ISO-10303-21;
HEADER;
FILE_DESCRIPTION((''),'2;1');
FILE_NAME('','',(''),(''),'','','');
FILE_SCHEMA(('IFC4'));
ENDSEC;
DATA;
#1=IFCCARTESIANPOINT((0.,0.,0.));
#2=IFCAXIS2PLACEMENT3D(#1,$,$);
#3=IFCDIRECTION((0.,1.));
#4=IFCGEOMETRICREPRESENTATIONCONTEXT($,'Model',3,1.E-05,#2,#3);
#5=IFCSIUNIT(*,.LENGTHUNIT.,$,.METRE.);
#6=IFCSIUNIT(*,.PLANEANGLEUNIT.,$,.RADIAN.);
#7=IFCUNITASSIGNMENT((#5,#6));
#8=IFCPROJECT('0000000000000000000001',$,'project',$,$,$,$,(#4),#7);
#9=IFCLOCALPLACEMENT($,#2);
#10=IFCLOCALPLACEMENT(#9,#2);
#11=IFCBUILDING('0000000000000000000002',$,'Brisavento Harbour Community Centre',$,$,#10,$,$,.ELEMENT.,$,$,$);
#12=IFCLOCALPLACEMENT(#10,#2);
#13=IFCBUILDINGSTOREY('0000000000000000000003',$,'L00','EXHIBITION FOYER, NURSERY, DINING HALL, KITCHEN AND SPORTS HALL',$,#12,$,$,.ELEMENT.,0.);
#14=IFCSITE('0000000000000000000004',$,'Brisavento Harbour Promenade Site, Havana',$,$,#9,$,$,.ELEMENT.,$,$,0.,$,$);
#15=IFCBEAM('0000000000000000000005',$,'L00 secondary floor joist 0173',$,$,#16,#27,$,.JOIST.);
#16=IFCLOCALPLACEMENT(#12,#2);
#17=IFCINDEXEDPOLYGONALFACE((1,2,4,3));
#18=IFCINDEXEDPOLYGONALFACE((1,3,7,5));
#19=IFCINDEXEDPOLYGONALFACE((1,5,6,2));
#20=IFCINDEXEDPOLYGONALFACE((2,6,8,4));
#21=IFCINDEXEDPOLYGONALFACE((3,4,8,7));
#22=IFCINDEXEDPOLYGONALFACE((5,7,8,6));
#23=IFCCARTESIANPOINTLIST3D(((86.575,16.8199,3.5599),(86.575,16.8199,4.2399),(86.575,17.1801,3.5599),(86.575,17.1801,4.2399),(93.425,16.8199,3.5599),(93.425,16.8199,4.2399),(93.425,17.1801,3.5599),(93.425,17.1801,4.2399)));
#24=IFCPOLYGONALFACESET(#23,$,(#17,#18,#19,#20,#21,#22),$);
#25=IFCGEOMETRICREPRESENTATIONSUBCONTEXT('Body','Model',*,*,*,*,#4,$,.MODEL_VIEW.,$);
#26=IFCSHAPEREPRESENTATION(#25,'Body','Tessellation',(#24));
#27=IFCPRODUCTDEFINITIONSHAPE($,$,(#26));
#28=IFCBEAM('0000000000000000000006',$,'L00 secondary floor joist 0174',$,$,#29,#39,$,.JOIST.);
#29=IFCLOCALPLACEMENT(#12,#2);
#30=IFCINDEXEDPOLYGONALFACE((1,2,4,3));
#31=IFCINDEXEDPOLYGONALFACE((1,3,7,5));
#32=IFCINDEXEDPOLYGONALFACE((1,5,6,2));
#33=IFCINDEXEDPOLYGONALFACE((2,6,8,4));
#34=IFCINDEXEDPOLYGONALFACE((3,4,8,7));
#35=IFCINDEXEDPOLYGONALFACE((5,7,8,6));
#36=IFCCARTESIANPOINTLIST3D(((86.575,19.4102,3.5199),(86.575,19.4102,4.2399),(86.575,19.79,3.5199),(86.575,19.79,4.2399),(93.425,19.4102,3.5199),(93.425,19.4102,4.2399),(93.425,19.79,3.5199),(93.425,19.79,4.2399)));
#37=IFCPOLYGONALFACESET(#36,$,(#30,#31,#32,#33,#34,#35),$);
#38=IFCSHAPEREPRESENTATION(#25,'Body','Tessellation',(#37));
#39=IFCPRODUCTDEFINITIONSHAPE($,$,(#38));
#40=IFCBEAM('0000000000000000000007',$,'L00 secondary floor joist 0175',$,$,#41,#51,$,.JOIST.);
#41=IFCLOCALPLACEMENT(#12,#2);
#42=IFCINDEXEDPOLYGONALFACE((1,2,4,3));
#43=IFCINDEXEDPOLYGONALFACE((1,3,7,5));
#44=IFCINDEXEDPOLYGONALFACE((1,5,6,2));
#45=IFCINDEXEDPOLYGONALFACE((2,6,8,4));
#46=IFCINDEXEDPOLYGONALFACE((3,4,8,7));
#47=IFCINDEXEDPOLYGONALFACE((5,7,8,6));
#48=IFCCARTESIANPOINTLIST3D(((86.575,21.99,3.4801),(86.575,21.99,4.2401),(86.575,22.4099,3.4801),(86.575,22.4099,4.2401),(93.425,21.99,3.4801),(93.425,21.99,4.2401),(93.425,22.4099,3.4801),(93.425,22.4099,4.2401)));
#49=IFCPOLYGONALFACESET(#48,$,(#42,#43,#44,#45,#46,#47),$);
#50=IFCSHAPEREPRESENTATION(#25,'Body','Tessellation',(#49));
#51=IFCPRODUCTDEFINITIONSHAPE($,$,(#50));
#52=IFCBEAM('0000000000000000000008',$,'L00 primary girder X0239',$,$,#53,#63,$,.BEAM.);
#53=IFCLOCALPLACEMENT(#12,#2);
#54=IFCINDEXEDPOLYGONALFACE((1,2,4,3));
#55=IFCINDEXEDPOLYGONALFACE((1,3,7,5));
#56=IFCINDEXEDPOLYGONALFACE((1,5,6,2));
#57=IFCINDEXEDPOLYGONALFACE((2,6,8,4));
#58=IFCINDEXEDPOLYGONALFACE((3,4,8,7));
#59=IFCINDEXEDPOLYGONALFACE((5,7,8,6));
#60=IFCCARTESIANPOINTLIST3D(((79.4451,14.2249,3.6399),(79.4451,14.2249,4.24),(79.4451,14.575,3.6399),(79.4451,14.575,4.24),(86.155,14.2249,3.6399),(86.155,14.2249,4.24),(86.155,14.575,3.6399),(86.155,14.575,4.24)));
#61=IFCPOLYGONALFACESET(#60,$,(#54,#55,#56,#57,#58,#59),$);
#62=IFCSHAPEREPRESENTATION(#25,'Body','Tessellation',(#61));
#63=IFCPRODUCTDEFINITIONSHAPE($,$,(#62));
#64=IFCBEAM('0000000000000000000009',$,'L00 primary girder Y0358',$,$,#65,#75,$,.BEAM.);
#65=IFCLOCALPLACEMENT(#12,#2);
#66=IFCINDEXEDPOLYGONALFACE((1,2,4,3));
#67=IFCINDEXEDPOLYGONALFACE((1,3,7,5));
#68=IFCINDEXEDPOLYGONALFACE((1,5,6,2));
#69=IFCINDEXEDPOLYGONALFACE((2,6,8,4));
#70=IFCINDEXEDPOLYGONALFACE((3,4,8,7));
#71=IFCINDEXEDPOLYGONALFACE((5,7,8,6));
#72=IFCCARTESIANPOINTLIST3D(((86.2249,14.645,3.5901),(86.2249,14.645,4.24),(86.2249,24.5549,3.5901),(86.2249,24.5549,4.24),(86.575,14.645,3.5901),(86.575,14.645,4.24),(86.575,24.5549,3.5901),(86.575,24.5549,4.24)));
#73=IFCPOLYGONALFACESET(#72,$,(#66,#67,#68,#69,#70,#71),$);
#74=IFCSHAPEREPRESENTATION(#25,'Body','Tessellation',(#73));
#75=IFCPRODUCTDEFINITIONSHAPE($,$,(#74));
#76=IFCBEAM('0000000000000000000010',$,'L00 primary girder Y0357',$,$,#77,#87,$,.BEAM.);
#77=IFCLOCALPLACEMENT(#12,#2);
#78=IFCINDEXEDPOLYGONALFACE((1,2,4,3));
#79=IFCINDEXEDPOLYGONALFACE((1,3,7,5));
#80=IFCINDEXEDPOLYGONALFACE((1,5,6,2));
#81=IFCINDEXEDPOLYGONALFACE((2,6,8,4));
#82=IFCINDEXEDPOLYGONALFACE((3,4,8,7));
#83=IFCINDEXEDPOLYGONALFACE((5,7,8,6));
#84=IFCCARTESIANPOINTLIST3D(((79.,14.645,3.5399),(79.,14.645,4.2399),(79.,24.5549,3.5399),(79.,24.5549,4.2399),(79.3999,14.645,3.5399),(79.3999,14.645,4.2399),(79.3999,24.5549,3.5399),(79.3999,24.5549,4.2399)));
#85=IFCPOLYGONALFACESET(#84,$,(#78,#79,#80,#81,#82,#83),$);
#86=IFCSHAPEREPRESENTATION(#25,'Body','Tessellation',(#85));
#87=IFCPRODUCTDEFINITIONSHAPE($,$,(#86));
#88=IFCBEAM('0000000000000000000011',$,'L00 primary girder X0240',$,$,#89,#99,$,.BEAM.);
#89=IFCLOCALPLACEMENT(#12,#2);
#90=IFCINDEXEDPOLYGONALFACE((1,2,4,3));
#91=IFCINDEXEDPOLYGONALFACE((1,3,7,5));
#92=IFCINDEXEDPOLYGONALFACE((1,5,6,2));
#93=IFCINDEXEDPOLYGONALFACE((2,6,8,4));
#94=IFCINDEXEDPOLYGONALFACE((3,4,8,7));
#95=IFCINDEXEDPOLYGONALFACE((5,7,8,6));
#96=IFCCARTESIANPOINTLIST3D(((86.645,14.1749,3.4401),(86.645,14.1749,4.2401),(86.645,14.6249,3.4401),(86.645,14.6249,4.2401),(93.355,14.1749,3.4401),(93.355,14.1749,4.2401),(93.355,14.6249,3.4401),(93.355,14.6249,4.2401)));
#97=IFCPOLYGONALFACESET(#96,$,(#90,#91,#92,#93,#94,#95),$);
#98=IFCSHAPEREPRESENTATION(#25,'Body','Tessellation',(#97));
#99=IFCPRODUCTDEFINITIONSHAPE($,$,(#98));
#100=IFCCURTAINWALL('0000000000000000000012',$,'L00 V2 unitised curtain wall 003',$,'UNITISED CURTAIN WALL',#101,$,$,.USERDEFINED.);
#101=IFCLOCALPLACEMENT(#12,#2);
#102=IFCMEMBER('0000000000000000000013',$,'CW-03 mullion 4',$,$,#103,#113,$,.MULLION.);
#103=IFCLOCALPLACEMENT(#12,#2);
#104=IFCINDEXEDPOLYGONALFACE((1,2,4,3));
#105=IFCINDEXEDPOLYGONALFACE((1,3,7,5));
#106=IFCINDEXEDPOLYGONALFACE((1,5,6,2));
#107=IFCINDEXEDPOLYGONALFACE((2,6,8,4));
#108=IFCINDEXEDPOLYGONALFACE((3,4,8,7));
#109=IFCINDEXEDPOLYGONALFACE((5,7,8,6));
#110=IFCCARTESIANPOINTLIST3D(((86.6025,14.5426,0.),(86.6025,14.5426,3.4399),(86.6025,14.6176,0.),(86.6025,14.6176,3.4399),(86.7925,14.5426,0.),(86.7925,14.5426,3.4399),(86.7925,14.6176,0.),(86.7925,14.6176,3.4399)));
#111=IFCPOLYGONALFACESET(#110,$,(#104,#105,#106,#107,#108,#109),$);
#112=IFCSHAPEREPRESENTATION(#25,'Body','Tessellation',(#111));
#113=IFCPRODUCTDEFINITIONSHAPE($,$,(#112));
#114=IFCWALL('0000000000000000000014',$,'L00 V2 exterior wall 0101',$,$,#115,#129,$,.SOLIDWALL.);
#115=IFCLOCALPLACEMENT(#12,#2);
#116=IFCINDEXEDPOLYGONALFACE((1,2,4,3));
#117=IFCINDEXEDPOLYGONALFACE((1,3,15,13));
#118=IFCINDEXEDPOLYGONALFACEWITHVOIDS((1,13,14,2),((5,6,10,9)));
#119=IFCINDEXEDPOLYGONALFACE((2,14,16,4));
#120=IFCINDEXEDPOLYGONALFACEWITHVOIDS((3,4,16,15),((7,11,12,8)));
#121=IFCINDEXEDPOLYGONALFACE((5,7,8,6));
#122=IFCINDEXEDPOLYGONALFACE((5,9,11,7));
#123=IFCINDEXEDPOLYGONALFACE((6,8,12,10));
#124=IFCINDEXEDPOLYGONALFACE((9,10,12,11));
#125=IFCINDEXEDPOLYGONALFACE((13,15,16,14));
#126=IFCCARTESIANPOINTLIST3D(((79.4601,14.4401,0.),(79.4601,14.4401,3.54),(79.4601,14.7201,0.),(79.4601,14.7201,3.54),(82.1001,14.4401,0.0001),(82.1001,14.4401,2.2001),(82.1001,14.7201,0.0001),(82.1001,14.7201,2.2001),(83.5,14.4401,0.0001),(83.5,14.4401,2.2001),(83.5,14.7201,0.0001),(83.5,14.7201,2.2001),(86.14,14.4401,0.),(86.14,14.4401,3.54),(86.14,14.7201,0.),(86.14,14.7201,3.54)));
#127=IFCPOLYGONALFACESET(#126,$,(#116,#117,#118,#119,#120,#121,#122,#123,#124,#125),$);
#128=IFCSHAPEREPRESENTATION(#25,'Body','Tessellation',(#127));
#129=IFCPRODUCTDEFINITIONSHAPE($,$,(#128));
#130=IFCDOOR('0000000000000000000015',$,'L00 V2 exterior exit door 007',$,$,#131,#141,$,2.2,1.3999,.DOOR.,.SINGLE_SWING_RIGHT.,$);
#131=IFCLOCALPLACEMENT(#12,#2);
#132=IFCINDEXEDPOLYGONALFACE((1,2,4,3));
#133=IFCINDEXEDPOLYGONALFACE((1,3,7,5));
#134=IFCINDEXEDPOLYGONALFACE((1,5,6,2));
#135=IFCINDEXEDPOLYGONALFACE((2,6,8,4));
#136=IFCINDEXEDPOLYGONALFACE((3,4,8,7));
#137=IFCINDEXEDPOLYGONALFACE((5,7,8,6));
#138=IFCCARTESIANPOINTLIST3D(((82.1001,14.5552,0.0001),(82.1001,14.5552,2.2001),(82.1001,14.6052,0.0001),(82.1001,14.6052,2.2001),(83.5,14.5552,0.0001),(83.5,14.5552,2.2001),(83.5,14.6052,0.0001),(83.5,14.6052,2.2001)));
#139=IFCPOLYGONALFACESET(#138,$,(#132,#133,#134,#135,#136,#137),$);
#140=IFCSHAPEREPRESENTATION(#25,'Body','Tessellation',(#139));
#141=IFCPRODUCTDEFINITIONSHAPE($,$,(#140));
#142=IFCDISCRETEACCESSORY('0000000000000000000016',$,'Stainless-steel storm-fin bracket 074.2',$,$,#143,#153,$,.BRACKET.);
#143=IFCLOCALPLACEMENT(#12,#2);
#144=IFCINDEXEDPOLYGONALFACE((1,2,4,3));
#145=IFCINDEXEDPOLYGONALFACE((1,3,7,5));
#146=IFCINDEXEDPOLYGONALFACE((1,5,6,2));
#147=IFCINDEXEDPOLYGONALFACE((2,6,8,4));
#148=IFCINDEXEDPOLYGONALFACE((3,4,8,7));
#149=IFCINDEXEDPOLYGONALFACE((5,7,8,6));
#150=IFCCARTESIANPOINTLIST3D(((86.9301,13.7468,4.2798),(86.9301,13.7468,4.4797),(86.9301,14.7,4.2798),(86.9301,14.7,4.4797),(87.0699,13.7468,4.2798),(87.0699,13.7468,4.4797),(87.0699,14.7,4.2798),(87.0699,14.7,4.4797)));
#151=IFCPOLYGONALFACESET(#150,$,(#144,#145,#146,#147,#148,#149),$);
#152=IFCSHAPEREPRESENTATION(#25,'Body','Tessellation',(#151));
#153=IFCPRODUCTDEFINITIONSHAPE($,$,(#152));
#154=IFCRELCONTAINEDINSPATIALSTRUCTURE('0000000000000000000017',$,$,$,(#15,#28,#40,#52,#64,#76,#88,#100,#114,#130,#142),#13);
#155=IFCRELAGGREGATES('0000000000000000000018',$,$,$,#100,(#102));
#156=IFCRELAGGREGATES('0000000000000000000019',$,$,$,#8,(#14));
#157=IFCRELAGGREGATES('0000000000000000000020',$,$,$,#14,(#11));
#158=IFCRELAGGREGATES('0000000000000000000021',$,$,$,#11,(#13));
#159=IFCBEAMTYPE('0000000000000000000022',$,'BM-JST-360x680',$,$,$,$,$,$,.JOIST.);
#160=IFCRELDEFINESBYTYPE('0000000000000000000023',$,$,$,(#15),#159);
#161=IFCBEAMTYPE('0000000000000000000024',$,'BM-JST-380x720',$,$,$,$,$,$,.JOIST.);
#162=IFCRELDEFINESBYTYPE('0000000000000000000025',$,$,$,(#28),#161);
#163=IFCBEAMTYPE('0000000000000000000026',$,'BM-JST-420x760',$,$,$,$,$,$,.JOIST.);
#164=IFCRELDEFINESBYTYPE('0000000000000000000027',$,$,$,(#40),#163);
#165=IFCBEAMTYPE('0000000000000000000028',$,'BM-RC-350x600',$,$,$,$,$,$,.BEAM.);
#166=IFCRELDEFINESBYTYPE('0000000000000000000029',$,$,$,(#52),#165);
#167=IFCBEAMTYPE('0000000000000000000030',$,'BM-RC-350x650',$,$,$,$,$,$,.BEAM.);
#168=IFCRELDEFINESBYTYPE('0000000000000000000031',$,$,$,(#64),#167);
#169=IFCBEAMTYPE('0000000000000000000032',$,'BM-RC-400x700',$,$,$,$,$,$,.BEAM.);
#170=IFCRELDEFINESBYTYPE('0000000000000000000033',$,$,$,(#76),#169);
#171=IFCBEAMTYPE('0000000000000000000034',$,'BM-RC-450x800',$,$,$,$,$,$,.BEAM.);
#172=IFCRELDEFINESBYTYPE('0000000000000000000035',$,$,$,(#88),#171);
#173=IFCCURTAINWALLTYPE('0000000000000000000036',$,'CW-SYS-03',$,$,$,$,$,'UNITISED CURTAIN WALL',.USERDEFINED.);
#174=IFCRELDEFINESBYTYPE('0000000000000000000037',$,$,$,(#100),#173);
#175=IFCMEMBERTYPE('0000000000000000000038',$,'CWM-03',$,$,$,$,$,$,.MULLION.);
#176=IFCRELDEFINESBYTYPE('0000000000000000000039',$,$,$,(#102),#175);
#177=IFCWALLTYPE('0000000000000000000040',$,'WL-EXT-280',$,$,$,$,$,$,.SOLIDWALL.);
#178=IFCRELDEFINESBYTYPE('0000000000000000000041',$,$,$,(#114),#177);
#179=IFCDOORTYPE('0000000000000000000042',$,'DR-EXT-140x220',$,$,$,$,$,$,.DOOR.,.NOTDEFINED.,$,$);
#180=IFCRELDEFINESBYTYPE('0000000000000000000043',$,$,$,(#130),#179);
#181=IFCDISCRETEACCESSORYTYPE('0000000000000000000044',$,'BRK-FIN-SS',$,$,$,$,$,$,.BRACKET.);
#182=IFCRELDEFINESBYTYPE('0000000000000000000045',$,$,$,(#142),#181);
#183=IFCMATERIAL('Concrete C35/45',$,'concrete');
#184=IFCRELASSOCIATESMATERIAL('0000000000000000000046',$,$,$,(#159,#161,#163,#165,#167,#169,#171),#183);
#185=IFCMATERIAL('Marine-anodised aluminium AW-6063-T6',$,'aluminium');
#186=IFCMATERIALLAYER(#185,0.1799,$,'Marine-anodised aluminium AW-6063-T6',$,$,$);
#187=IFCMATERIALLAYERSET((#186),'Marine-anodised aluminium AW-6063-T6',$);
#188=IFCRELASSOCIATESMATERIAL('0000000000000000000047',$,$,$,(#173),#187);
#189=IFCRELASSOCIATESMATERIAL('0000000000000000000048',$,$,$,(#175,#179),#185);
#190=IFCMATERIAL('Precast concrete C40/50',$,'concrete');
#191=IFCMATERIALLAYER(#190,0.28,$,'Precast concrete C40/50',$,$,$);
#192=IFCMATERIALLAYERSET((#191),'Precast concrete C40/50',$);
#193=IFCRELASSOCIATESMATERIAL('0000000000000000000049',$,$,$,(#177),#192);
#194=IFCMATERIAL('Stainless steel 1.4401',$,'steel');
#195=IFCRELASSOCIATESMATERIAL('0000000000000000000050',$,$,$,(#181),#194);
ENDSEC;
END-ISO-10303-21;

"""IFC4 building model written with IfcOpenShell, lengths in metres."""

from ifc_helpers import new_model, si_unit, direction, frame, frame_2d, origin, origin_2d, place, context, subcontext, project, spatial, rectangle, extrude, material, layer, layer_set, material_profile, profile_set, type_object, element, fill, aggregate, save


model = new_model("IFC4")

# Units and contexts
model_context = context("Model", 3, precision=1e-05, world=origin(), true_north=direction((0.0, 1.0)))
body_context = subcontext(model_context, "Body", "Model", "MODEL_VIEW")
ifc_project = project(units=[si_unit("LENGTHUNIT", "METRE"), si_unit("PLANEANGLEUNIT", "RADIAN")], contexts=[model_context])

# Site, building, storey
site_placement = place(None, origin())
site = spatial("IfcSite", under=ifc_project, at=site_placement, Name="Brisavento Harbour Promenade Site, Havana", CompositionType="ELEMENT", RefElevation=0.0)
building_placement = place(site_placement, origin())
building = spatial("IfcBuilding", under=site, at=building_placement, Name="Brisavento Harbour Community Centre", CompositionType="ELEMENT")
storey_placement = place(building_placement, origin())
storey = spatial("IfcBuildingStorey", under=building, at=storey_placement, Name="L00", Description="EXHIBITION FOYER, NURSERY, DINING HALL, KITCHEN AND SPORTS HALL", CompositionType="ELEMENT", Elevation=0.0)

# Shared definitions
ifc_material_1 = material(Name="Concrete C35/45", Category="concrete")

# Beams
ifc_material_profile_1 = material_profile(ifc_material_1, rectangle(XDim=0.3601, YDim=0.6799, at=origin_2d()), Name="Concrete C35/45")
ifc_profile_set_1 = profile_set([ifc_material_profile_1], Name="Concrete C35/45")
beam_type_1 = type_object("IfcBeamType", Name="BM-JST-360x680", PredefinedType="JOIST", material=ifc_profile_set_1)
beam_1_placement = place(storey_placement, frame((86.575, 17.0, 3.8999), z_axis=(1.0, 0.0, 0.0), x_axis=(0.0, 1.0, 0.0)))
element("IfcBeam", 1, at=beam_1_placement, inside=storey, type_object=beam_type_1, Name="L00 secondary floor joist 0173", PredefinedType="JOIST", context=body_context, shape_type="SweptSolid", body=[
    extrude(rectangle(XDim=0.3601, YDim=0.6799, at=origin_2d()), origin(), (0.0, 0.0, 1.0), 6.8501),
])
ifc_material_profile_2 = material_profile(ifc_material_1, rectangle(XDim=0.3799, YDim=0.72, at=origin_2d()), Name="Concrete C35/45")
ifc_profile_set_2 = profile_set([ifc_material_profile_2], Name="Concrete C35/45")
beam_type_2 = type_object("IfcBeamType", Name="BM-JST-380x720", PredefinedType="JOIST", material=ifc_profile_set_2)
beam_2_placement = place(storey_placement, frame((86.575, 19.6001, 3.8799), z_axis=(1.0, 0.0, 0.0), x_axis=(0.0, 1.0, 0.0)))
element("IfcBeam", 2, at=beam_2_placement, inside=storey, type_object=beam_type_2, Name="L00 secondary floor joist 0174", PredefinedType="JOIST", context=body_context, shape_type="SweptSolid", body=[
    extrude(rectangle(XDim=0.3799, YDim=0.72, at=origin_2d()), origin(), (0.0, 0.0, 1.0), 6.8501),
])
ifc_material_profile_3 = material_profile(ifc_material_1, rectangle(XDim=0.4199, YDim=0.76, at=origin_2d()), Name="Concrete C35/45")
ifc_profile_set_3 = profile_set([ifc_material_profile_3], Name="Concrete C35/45")
beam_type_3 = type_object("IfcBeamType", Name="BM-JST-420x760", PredefinedType="JOIST", material=ifc_profile_set_3)
beam_3_placement = place(storey_placement, frame((86.575, 22.2, 3.8601), z_axis=(1.0, 0.0, 0.0), x_axis=(0.0, 1.0, 0.0)))
element("IfcBeam", 3, at=beam_3_placement, inside=storey, type_object=beam_type_3, Name="L00 secondary floor joist 0175", PredefinedType="JOIST", context=body_context, shape_type="SweptSolid", body=[
    extrude(rectangle(XDim=0.4199, YDim=0.76, at=origin_2d()), origin(), (0.0, 0.0, 1.0), 6.8501),
])
ifc_material_profile_4 = material_profile(ifc_material_1, rectangle(XDim=0.3501, YDim=0.6001, at=origin_2d()), Name="Concrete C35/45")
ifc_profile_set_4 = profile_set([ifc_material_profile_4], Name="Concrete C35/45")
beam_type_4 = type_object("IfcBeamType", Name="BM-RC-350x600", PredefinedType="BEAM", material=ifc_profile_set_4)
beam_4_placement = place(storey_placement, frame((79.4451, 14.3999, 3.9399), z_axis=(1.0, 0.0, 0.0), x_axis=(0.0, 1.0, 0.0)))
element("IfcBeam", 4, at=beam_4_placement, inside=storey, type_object=beam_type_4, Name="L00 primary girder X0239", PredefinedType="BEAM", context=body_context, shape_type="SweptSolid", body=[
    extrude(rectangle(XDim=0.3501, YDim=0.6001, at=origin_2d()), origin(), (0.0, 0.0, 1.0), 6.71),
])
ifc_material_profile_5 = material_profile(ifc_material_1, rectangle(XDim=0.3501, YDim=0.6499, at=origin_2d()), Name="Concrete C35/45")
ifc_profile_set_5 = profile_set([ifc_material_profile_5], Name="Concrete C35/45")
beam_type_5 = type_object("IfcBeamType", Name="BM-RC-350x650", PredefinedType="BEAM", material=ifc_profile_set_5)
beam_5_placement = place(storey_placement, frame((86.3999, 14.645, 3.915), z_axis=(0.0, 1.0, 0.0), x_axis=(-1.0, 0.0, 0.0)))
element("IfcBeam", 5, at=beam_5_placement, inside=storey, type_object=beam_type_5, Name="L00 primary girder Y0358", PredefinedType="BEAM", context=body_context, shape_type="SweptSolid", body=[
    extrude(rectangle(XDim=0.3501, YDim=0.6499, at=origin_2d()), origin(), (0.0, 0.0, 1.0), 9.9099),
])
ifc_material_profile_6 = material_profile(ifc_material_1, rectangle(XDim=0.3999, YDim=0.7, at=origin_2d()), Name="Concrete C35/45")
ifc_profile_set_6 = profile_set([ifc_material_profile_6], Name="Concrete C35/45")
beam_type_6 = type_object("IfcBeamType", Name="BM-RC-400x700", PredefinedType="BEAM", material=ifc_profile_set_6)
beam_6_placement = place(storey_placement, frame((79.2, 14.645, 3.8899), z_axis=(0.0, 1.0, 0.0), x_axis=(-1.0, 0.0, 0.0)))
element("IfcBeam", 6, at=beam_6_placement, inside=storey, type_object=beam_type_6, Name="L00 primary girder Y0357", PredefinedType="BEAM", context=body_context, shape_type="SweptSolid", body=[
    extrude(rectangle(XDim=0.3999, YDim=0.7, at=origin_2d()), origin(), (0.0, 0.0, 1.0), 9.9099),
])
ifc_material_profile_7 = material_profile(ifc_material_1, rectangle(XDim=0.45, YDim=0.8, at=origin_2d()), Name="Concrete C35/45")
ifc_profile_set_7 = profile_set([ifc_material_profile_7], Name="Concrete C35/45")
beam_type_7 = type_object("IfcBeamType", Name="BM-RC-450x800", PredefinedType="BEAM", material=ifc_profile_set_7)
beam_7_placement = place(storey_placement, frame((86.645, 14.3999, 3.8401), z_axis=(1.0, 0.0, 0.0), x_axis=(0.0, 1.0, 0.0)))
element("IfcBeam", 7, at=beam_7_placement, inside=storey, type_object=beam_type_7, Name="L00 primary girder X0240", PredefinedType="BEAM", context=body_context, shape_type="SweptSolid", body=[
    extrude(rectangle(XDim=0.45, YDim=0.8, at=origin_2d()), origin(), (0.0, 0.0, 1.0), 6.71),
])

# Curtain wall, member
ifc_material_2 = material(Name="Marine-anodised aluminium AW-6063-T6", Category="aluminium")
ifc_layer_1 = layer(ifc_material_2, 0.1799, Name="Marine-anodised aluminium AW-6063-T6")
ifc_layer_set_1 = layer_set([ifc_layer_1], Name="Marine-anodised aluminium AW-6063-T6")
curtain_wall_type = type_object("IfcCurtainWallType", Name="CW-SYS-03", ElementType="UNITISED CURTAIN WALL", PredefinedType="USERDEFINED", material=ifc_layer_set_1)
curtain_wall_placement = place(storey_placement, origin())
curtain_wall = element("IfcCurtainWall", 8, at=curtain_wall_placement, inside=storey, type_object=curtain_wall_type, Name="L00 V2 unitised curtain wall 003", ObjectType="UNITISED CURTAIN WALL", PredefinedType="USERDEFINED")
ifc_material_profile_8 = material_profile(ifc_material_2, rectangle(XDim=0.075, YDim=0.1899, at=origin_2d()), Name="Marine-anodised aluminium AW-6063-T6")
ifc_profile_set_8 = profile_set([ifc_material_profile_8], Name="Marine-anodised aluminium AW-6063-T6")
member_type = type_object("IfcMemberType", Name="CWM-03", PredefinedType="MULLION", material=ifc_profile_set_8)
member_placement = place(storey_placement, frame((86.6975, 14.5801, 0.0), z_axis=(0.0, 0.0, 1.0), x_axis=(0.0, -1.0, 0.0)))
member = element("IfcMember", 9, at=member_placement, type_object=member_type, Name="CW-03 mullion 4", PredefinedType="MULLION", context=body_context, shape_type="SweptSolid", body=[
    extrude(rectangle(XDim=0.075, YDim=0.1899, at=origin_2d()), origin(), (0.0, 0.0, 1.0), 3.4399),
])
aggregate(curtain_wall, [member])

# Wall, opening, door
ifc_material_3 = material(Name="Precast concrete C40/50", Category="concrete")
ifc_layer_2 = layer(ifc_material_3, 0.28, Name="Precast concrete C40/50")
ifc_layer_set_2 = layer_set([ifc_layer_2], Name="Precast concrete C40/50")
wall_type = type_object("IfcWallType", Name="WL-EXT-280", PredefinedType="SOLIDWALL", material=ifc_layer_set_2)
wall_placement = place(storey_placement, frame((86.1399, 14.5801, 0.0), z_axis=(0.0, 0.0, 1.0), x_axis=(-1.0, 0.0, 0.0)))
wall = element("IfcWall", 10, at=wall_placement, inside=storey, type_object=wall_type, Name="L00 V2 exterior wall 0101", PredefinedType="SOLIDWALL", context=body_context, shape_type="SweptSolid", body=[
    extrude(rectangle(XDim=6.6799, YDim=0.28, at=frame_2d((3.3398, 0.0))), origin(), (0.0, 0.0, 1.0), 3.54),
])
opening_placement = place(wall_placement, frame((2.6399, 0.0, 0.0)))
opening = element("IfcOpeningElement", 11, at=opening_placement, cuts=wall, PredefinedType="OPENING", context=body_context, shape_type="SweptSolid", body=[
    extrude(rectangle(XDim=1.3999, YDim=2.2, at=frame_2d((0.7, 1.1001))), frame((0.0, 0.1499, 0.0), z_axis=(0.0, -1.0, 0.0), x_axis=(1.0, 0.0, 0.0)), (0.0, 0.0, 1.0), 0.3),
])
door_type = type_object("IfcDoorType", Name="DR-EXT-140x220", OperationType="NOTDEFINED", PredefinedType="DOOR", material=ifc_material_2)
door_placement = place(opening_placement, origin())
door = element("IfcDoor", 12, at=door_placement, inside=storey, type_object=door_type, Name="L00 V2 exterior exit door 007", OperationType="SINGLE_SWING_RIGHT", OverallHeight=2.2, OverallWidth=1.3999, PredefinedType="DOOR", context=body_context, shape_type="SweptSolid", body=[
    extrude(rectangle(XDim=1.3999, YDim=2.2, at=frame_2d((0.7, 1.1001))), frame((0.0, 0.0249, 0.0), z_axis=(0.0, -1.0, 0.0), x_axis=(1.0, 0.0, 0.0)), (0.0, 0.0, 1.0), 0.05),
])
fill(opening, door)

# Discrete accessory
ifc_material_4 = material(Name="Stainless steel 1.4401", Category="steel")
discrete_accessory_type = type_object("IfcDiscreteAccessoryType", Name="BRK-FIN-SS", PredefinedType="BRACKET", material=ifc_material_4)
discrete_accessory_placement = place(storey_placement, frame((87.0, 14.2234, 4.2798), z_axis=(0.0, 0.0, 1.0), x_axis=(0.0, -1.0, 0.0)))
element("IfcDiscreteAccessory", 13, at=discrete_accessory_placement, inside=storey, type_object=discrete_accessory_type, Name="Stainless-steel storm-fin bracket 074.2", PredefinedType="BRACKET", context=body_context, shape_type="SweptSolid", body=[
    extrude(rectangle(XDim=0.9531, YDim=0.1399, at=origin_2d()), origin(), (0.0, 0.0, 1.0), 0.2),
])

save(model, "model.ifc")
